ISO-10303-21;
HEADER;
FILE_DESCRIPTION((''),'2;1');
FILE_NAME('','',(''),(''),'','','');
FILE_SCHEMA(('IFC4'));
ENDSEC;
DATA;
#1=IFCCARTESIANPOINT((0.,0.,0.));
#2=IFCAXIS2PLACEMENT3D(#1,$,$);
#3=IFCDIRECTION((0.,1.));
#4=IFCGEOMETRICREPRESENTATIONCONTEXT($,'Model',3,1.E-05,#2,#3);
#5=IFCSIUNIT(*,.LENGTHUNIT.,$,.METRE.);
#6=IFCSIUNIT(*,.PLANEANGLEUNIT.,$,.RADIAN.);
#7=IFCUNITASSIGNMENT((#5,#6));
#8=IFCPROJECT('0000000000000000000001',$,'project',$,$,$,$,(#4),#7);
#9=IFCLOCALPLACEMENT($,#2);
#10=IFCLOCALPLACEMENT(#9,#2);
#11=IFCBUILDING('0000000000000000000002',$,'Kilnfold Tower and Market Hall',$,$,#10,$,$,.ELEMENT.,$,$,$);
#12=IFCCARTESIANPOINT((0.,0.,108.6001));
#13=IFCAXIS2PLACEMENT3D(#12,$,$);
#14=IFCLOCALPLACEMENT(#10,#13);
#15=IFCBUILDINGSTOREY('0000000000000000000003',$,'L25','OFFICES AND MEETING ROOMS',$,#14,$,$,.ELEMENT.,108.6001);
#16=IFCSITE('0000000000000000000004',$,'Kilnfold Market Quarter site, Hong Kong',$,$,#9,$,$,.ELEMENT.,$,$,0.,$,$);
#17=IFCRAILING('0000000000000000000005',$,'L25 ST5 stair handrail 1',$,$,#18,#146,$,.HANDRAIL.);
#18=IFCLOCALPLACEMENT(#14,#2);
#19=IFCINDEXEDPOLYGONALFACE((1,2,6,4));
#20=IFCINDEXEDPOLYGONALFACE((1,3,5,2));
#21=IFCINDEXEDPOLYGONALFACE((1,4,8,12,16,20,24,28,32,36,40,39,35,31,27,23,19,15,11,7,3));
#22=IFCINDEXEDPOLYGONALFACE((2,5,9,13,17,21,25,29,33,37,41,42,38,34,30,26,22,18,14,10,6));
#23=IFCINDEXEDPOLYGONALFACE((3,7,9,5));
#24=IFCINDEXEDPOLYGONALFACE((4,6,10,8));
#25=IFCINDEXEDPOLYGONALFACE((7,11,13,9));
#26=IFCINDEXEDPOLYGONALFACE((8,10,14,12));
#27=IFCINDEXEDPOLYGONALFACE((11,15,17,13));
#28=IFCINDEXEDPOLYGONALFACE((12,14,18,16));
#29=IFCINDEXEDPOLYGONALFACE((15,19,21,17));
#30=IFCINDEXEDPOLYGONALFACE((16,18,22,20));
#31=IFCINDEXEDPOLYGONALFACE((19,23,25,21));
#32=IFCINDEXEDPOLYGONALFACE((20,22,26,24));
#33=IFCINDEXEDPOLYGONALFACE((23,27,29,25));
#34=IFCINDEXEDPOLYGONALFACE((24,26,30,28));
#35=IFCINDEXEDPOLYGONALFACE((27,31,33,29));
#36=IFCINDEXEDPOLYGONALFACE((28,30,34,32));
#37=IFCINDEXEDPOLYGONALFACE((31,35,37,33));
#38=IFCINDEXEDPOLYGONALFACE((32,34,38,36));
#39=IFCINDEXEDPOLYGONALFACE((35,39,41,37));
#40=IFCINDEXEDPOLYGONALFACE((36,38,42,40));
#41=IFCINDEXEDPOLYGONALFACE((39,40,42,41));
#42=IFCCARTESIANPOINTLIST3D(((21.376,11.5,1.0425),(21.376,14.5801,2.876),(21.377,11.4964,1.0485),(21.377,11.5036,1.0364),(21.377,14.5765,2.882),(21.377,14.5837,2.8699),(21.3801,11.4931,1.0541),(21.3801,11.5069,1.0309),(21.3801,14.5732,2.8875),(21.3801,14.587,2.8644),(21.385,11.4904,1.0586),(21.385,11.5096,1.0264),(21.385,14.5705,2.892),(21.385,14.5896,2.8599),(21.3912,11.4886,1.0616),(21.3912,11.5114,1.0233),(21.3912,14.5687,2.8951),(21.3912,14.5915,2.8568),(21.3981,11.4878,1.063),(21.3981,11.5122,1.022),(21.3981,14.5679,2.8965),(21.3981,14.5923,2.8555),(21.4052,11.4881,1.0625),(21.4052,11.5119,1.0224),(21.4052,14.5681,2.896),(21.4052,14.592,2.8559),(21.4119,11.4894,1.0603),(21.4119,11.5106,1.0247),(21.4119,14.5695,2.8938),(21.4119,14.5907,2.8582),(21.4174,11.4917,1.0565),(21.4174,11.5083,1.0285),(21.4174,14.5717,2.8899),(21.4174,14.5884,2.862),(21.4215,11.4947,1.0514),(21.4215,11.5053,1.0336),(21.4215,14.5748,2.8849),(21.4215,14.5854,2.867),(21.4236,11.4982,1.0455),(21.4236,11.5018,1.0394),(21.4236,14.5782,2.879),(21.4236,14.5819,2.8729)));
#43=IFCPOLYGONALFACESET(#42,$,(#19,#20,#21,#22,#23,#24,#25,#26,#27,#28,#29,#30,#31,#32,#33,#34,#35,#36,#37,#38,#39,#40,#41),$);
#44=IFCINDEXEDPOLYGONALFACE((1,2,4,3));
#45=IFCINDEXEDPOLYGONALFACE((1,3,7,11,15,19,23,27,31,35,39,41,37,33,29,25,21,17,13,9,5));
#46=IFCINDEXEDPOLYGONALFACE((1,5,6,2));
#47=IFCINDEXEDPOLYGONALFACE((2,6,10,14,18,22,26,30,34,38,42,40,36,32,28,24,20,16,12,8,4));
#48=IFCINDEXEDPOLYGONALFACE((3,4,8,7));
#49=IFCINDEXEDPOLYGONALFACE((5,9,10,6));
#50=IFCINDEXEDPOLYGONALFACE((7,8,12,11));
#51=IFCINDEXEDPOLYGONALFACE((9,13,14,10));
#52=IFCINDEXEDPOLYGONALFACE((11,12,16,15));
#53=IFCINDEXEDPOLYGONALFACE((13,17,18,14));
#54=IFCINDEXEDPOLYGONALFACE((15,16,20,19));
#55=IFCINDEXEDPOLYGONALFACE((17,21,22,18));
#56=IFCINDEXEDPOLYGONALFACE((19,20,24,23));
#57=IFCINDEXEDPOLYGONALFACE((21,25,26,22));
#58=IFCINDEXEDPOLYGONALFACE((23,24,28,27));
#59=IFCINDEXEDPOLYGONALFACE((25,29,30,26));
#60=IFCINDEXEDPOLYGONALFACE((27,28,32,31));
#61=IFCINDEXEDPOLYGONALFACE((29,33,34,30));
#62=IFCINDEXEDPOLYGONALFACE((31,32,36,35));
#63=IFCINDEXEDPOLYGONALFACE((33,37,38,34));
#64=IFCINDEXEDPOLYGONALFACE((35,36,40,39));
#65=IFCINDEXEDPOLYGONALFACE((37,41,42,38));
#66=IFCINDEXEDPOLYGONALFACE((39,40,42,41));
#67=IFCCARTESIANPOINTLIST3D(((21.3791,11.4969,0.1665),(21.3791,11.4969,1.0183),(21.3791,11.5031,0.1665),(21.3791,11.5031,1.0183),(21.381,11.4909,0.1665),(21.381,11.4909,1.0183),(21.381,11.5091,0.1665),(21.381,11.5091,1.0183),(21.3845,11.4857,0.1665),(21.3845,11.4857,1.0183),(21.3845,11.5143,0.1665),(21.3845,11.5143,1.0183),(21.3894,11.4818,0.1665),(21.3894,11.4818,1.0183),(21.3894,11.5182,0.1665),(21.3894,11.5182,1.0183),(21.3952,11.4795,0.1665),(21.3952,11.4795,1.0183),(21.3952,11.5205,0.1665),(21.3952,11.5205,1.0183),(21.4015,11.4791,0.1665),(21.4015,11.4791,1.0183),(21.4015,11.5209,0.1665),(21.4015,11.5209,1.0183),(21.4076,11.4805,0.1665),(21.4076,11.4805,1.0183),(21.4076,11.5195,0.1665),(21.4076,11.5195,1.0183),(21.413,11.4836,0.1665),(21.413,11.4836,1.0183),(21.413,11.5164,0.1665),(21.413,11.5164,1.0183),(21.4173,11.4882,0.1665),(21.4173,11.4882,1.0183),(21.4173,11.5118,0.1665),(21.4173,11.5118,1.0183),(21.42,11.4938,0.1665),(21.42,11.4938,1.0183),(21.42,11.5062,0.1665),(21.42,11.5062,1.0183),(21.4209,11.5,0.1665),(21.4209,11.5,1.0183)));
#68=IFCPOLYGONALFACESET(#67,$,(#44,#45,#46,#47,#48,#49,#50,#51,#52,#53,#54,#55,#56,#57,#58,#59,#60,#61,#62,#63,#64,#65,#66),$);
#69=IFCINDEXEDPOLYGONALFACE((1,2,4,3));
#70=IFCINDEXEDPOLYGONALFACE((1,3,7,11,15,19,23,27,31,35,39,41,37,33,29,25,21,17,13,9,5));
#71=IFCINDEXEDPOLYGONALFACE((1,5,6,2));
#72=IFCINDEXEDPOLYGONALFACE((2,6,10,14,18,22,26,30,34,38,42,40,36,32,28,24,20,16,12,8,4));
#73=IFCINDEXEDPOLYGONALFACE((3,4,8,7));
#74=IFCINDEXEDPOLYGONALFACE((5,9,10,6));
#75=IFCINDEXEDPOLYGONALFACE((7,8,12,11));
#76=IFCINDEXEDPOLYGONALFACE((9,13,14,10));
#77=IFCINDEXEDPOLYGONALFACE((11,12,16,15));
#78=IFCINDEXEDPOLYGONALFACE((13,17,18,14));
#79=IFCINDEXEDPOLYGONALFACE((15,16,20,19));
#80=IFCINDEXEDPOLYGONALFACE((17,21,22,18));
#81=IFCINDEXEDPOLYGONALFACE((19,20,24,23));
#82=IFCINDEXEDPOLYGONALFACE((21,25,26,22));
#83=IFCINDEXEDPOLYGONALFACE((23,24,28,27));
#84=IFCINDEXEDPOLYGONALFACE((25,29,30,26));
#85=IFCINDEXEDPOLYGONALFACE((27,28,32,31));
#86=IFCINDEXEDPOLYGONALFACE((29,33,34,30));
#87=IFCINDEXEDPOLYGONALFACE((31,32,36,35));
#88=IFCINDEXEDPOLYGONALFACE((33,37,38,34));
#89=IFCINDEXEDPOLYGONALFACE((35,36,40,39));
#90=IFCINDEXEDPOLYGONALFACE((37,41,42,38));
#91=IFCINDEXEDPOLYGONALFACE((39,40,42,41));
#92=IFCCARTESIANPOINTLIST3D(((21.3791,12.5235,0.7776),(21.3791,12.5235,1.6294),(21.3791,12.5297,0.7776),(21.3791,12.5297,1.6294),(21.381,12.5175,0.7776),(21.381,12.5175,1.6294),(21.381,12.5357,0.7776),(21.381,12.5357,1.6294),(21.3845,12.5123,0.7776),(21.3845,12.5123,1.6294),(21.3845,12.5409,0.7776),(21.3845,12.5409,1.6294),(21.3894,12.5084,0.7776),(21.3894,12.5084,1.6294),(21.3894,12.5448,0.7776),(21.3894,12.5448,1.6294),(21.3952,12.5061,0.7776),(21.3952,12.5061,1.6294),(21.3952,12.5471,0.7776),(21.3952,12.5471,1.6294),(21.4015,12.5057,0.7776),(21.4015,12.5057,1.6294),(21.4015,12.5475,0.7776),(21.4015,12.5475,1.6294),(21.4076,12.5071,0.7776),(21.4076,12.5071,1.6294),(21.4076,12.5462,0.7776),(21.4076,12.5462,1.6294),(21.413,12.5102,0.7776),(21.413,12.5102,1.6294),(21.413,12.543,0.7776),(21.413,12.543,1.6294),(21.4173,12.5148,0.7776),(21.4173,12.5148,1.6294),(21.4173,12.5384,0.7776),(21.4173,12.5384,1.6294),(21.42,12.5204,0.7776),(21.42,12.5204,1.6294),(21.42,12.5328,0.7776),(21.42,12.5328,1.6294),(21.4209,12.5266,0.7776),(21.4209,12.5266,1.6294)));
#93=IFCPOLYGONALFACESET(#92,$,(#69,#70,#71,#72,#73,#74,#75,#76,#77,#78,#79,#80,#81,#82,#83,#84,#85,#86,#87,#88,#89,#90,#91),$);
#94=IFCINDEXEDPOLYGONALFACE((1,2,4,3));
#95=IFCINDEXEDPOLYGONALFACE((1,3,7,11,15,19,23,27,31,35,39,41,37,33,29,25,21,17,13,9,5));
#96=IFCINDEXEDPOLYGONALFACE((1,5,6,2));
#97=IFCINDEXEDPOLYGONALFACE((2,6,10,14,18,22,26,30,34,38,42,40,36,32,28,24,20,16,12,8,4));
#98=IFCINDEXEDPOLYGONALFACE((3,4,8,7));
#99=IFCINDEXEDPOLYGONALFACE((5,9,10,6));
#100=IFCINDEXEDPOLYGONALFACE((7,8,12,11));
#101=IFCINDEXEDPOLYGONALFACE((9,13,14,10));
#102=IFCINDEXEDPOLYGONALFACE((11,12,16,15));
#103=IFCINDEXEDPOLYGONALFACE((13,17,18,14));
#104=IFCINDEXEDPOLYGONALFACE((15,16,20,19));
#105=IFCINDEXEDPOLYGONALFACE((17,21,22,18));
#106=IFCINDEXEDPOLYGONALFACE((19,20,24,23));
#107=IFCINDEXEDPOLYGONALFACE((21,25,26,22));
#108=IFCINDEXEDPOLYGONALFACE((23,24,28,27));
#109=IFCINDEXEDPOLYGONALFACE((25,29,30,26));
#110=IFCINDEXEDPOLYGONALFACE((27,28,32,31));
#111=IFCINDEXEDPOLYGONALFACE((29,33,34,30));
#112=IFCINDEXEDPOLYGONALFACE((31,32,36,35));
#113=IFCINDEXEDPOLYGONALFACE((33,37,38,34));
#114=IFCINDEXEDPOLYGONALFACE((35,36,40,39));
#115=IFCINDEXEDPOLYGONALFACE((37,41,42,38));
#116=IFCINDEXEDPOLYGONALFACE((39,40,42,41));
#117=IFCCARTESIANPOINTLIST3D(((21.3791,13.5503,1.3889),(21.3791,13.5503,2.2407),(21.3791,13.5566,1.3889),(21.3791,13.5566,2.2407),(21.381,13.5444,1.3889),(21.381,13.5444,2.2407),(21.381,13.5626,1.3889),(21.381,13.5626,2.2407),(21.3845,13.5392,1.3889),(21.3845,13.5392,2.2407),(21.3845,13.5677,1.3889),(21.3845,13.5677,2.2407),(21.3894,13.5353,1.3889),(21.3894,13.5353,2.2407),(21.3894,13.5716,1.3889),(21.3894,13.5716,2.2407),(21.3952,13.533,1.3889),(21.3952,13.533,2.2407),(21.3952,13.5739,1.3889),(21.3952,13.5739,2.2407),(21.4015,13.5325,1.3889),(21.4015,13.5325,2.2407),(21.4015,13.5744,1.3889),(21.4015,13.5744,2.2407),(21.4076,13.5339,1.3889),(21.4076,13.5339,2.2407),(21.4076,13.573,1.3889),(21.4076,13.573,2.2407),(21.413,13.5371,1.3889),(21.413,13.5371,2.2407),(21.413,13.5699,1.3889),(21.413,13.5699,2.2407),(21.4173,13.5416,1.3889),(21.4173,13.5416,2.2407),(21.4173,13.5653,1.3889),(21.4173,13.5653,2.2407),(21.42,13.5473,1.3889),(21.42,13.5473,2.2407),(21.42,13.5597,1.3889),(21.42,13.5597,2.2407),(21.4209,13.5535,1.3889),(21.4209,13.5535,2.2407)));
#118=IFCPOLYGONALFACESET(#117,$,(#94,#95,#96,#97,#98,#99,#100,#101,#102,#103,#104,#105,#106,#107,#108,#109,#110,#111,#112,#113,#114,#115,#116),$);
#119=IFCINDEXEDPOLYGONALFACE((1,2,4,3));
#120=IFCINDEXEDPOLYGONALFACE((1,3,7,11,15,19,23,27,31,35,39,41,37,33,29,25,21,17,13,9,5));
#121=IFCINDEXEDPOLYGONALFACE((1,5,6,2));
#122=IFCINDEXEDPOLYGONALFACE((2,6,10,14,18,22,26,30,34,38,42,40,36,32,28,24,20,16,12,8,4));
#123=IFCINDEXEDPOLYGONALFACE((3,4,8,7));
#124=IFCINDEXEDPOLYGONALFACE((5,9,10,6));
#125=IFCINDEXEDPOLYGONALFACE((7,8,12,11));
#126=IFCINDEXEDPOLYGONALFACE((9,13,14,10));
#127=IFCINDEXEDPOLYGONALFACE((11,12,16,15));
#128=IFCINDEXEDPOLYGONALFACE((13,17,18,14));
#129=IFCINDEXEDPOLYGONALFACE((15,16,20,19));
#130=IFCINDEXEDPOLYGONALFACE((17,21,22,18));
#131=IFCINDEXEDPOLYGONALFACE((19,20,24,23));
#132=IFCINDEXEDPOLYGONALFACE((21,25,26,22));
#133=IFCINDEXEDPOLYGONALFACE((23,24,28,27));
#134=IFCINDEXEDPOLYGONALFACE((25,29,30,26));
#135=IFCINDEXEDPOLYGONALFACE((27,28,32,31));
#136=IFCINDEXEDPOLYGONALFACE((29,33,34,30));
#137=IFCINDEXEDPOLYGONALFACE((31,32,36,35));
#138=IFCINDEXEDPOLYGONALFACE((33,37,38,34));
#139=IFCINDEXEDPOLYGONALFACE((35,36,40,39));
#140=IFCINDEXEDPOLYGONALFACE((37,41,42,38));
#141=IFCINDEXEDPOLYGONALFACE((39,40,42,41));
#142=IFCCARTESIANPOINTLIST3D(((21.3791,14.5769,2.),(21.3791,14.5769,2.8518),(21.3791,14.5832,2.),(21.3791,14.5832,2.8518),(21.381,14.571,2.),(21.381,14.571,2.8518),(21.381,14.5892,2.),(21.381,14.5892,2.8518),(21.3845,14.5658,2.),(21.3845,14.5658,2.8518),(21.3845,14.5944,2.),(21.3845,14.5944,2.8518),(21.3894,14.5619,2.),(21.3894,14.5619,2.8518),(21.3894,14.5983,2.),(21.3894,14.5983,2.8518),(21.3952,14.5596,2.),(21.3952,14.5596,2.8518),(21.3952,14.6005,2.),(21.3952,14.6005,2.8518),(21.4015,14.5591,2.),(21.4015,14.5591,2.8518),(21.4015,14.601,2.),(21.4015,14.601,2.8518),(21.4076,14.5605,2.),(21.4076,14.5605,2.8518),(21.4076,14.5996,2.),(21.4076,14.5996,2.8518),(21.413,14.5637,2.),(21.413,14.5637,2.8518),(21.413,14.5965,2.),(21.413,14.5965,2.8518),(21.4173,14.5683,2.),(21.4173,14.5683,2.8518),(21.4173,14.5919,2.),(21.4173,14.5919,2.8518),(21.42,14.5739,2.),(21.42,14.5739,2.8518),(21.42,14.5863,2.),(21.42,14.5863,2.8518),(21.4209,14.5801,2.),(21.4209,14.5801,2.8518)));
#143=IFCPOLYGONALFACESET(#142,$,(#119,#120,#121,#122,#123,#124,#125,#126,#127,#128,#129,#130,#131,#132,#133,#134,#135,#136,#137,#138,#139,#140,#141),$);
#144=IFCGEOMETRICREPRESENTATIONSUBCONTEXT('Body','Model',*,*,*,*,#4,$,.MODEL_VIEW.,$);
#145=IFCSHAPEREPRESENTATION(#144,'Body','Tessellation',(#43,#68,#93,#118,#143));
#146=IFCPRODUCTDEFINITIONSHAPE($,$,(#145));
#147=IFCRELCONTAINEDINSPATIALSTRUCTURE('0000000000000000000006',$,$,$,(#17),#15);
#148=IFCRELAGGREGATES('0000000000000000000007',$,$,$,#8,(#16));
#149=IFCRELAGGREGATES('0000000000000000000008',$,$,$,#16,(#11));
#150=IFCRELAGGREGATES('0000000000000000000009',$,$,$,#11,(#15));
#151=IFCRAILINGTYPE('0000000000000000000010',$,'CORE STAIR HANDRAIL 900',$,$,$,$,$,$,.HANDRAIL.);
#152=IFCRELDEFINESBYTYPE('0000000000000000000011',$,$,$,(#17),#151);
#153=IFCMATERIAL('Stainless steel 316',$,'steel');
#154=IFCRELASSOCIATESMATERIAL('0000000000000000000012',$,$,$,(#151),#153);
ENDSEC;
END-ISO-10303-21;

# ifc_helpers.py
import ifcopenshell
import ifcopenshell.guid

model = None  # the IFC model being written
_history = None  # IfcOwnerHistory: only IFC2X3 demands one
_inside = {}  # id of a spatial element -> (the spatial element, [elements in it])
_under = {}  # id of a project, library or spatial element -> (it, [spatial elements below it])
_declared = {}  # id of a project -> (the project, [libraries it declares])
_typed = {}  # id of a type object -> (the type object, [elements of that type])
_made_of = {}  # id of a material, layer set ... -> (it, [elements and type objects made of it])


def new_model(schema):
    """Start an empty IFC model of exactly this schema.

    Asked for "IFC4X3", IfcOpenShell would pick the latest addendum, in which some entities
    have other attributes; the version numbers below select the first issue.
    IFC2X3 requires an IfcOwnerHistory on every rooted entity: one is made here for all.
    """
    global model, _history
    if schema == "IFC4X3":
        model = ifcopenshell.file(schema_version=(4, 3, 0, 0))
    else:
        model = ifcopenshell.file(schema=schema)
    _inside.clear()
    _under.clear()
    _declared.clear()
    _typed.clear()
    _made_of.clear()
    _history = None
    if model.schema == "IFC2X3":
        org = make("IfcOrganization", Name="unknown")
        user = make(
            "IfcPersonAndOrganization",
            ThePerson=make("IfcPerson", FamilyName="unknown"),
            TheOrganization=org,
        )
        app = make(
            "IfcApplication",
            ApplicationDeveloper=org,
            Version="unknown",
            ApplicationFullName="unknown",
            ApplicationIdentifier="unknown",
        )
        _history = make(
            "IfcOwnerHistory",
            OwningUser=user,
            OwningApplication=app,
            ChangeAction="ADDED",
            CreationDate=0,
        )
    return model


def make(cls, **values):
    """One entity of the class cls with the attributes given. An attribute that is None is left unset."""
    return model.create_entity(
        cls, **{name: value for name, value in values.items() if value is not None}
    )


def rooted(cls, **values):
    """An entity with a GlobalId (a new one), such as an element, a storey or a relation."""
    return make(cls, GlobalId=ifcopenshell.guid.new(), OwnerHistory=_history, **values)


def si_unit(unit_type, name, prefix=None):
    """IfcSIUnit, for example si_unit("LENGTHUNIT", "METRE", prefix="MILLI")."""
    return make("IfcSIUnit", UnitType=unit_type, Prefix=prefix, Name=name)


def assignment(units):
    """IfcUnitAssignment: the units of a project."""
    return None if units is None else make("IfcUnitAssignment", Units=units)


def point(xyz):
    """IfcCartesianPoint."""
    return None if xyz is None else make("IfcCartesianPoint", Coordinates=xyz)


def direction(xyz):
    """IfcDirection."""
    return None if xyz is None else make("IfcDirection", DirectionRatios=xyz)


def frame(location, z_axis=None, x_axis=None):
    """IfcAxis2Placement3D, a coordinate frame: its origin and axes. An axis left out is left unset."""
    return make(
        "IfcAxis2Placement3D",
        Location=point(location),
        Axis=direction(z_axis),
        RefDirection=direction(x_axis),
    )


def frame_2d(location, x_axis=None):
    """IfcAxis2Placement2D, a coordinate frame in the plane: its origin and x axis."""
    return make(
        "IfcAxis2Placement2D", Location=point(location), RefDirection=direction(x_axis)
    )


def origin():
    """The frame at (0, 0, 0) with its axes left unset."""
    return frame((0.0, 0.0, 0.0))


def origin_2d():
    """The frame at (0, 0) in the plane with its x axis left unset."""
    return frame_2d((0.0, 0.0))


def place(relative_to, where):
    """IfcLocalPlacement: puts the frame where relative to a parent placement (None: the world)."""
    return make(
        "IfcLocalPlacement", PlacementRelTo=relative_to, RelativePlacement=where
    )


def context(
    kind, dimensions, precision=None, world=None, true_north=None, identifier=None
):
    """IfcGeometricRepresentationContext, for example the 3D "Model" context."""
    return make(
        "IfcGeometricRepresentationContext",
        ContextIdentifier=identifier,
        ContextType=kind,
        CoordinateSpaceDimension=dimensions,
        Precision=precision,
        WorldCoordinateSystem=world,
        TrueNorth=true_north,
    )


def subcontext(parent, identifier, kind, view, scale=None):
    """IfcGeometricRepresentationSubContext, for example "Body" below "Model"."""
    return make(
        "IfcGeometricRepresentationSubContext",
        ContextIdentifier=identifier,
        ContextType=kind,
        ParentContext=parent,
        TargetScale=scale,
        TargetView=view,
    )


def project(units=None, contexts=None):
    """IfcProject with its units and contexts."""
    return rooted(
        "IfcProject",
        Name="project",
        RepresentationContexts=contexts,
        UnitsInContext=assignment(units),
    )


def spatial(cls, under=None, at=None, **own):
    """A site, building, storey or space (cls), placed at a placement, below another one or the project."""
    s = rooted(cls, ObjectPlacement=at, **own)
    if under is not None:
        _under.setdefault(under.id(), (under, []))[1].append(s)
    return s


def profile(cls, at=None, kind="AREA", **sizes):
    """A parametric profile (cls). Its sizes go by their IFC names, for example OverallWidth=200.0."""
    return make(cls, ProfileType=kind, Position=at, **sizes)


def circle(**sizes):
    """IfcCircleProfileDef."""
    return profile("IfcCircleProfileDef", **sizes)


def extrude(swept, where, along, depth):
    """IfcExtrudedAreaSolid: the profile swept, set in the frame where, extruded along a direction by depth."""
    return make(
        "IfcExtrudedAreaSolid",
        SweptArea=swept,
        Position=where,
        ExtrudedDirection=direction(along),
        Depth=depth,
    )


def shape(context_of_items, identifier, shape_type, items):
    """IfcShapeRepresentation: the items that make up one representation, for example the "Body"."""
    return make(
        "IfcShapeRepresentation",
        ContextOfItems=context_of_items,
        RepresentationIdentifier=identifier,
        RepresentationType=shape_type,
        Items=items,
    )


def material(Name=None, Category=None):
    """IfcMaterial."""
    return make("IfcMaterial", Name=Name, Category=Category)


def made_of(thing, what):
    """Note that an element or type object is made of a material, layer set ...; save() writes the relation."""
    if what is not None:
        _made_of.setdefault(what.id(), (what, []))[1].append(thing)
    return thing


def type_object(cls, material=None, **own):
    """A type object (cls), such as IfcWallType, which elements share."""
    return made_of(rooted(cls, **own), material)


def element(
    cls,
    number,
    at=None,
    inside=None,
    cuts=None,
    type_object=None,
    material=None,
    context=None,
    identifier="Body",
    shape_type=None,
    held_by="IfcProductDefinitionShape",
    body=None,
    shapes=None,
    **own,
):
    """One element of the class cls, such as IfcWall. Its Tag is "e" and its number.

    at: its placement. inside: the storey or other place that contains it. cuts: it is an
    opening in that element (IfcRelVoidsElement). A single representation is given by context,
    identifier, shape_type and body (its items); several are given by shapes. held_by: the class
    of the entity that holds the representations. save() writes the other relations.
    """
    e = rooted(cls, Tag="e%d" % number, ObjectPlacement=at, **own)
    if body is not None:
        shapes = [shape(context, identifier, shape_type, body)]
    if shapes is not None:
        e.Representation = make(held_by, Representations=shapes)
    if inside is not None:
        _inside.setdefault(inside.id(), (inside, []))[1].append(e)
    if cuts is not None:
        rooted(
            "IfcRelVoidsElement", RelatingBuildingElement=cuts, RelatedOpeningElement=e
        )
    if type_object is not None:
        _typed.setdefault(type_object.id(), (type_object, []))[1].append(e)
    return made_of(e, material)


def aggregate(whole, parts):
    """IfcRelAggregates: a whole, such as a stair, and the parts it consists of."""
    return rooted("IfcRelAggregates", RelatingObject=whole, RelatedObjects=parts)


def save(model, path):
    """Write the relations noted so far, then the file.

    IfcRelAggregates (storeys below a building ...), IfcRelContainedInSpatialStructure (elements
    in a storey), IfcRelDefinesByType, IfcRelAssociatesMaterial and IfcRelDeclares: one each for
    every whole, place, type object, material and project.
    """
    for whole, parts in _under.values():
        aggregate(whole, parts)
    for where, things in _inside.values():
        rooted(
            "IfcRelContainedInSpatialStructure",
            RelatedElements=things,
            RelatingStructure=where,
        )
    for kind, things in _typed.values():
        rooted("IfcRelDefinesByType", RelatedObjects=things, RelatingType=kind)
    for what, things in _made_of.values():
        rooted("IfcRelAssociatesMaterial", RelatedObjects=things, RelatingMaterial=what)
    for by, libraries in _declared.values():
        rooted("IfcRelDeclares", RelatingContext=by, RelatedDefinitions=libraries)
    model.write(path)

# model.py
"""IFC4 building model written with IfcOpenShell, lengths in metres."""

from ifc_helpers import new_model, si_unit, direction, frame, origin, origin_2d, place, context, subcontext, project, spatial, circle, extrude, material, type_object, element, save


model = new_model("IFC4")

# Units and contexts
model_context = context("Model", 3, precision=1e-05, world=origin(), true_north=direction((0.0, 1.0)))
body_context = subcontext(model_context, "Body", "Model", "MODEL_VIEW")
ifc_project = project(units=[si_unit("LENGTHUNIT", "METRE"), si_unit("PLANEANGLEUNIT", "RADIAN")], contexts=[model_context])

# Site, building, storey
site_placement = place(None, origin())
site = spatial("IfcSite", under=ifc_project, at=site_placement, Name="Kilnfold Market Quarter site, Hong Kong", CompositionType="ELEMENT", RefElevation=0.0)
building_placement = place(site_placement, origin())
building = spatial("IfcBuilding", under=site, at=building_placement, Name="Kilnfold Tower and Market Hall", CompositionType="ELEMENT")
storey_placement = place(building_placement, frame((0.0, 0.0, 108.6001)))
storey = spatial("IfcBuildingStorey", under=building, at=storey_placement, Name="L25", Description="OFFICES AND MEETING ROOMS", CompositionType="ELEMENT", Elevation=108.6001)

# Railing
ifc_material_1 = material(Name="Stainless steel 316", Category="steel")
railing_type_1 = type_object("IfcRailingType", Name="CORE STAIR HANDRAIL 900", PredefinedType="HANDRAIL", material=ifc_material_1)
railing_1_placement = place(storey_placement, frame((21.3999, 11.5, 0.1665)))
element("IfcRailing", 1, at=railing_1_placement, inside=storey, type_object=railing_type_1, Name="L25 ST5 stair handrail 1", PredefinedType="HANDRAIL", context=body_context, shape_type="SweptSolid", body=[
    extrude(circle(Radius=0.0239, at=origin_2d()), frame((0.0, 0.0, 0.876), z_axis=(0.0, 0.859279, 0.511508), x_axis=(-1.0, 0.0, 0.0)), (0.0, 0.0, 1.0), 3.5845),
    extrude(circle(Radius=0.021, at=origin_2d()), origin(), (0.0, 0.0, 1.0), 0.8518),
    extrude(circle(Radius=0.021, at=origin_2d()), frame((0.0, 1.0266, 0.6111)), (0.0, 0.0, 1.0), 0.8518),
    extrude(circle(Radius=0.021, at=origin_2d()), frame((0.0, 2.0535, 1.2224)), (0.0, 0.0, 1.0), 0.8518),
    extrude(circle(Radius=0.021, at=origin_2d()), frame((0.0, 3.0801, 1.8335)), (0.0, 0.0, 1.0), 0.8518),
])

save(model, "model.ifc")
